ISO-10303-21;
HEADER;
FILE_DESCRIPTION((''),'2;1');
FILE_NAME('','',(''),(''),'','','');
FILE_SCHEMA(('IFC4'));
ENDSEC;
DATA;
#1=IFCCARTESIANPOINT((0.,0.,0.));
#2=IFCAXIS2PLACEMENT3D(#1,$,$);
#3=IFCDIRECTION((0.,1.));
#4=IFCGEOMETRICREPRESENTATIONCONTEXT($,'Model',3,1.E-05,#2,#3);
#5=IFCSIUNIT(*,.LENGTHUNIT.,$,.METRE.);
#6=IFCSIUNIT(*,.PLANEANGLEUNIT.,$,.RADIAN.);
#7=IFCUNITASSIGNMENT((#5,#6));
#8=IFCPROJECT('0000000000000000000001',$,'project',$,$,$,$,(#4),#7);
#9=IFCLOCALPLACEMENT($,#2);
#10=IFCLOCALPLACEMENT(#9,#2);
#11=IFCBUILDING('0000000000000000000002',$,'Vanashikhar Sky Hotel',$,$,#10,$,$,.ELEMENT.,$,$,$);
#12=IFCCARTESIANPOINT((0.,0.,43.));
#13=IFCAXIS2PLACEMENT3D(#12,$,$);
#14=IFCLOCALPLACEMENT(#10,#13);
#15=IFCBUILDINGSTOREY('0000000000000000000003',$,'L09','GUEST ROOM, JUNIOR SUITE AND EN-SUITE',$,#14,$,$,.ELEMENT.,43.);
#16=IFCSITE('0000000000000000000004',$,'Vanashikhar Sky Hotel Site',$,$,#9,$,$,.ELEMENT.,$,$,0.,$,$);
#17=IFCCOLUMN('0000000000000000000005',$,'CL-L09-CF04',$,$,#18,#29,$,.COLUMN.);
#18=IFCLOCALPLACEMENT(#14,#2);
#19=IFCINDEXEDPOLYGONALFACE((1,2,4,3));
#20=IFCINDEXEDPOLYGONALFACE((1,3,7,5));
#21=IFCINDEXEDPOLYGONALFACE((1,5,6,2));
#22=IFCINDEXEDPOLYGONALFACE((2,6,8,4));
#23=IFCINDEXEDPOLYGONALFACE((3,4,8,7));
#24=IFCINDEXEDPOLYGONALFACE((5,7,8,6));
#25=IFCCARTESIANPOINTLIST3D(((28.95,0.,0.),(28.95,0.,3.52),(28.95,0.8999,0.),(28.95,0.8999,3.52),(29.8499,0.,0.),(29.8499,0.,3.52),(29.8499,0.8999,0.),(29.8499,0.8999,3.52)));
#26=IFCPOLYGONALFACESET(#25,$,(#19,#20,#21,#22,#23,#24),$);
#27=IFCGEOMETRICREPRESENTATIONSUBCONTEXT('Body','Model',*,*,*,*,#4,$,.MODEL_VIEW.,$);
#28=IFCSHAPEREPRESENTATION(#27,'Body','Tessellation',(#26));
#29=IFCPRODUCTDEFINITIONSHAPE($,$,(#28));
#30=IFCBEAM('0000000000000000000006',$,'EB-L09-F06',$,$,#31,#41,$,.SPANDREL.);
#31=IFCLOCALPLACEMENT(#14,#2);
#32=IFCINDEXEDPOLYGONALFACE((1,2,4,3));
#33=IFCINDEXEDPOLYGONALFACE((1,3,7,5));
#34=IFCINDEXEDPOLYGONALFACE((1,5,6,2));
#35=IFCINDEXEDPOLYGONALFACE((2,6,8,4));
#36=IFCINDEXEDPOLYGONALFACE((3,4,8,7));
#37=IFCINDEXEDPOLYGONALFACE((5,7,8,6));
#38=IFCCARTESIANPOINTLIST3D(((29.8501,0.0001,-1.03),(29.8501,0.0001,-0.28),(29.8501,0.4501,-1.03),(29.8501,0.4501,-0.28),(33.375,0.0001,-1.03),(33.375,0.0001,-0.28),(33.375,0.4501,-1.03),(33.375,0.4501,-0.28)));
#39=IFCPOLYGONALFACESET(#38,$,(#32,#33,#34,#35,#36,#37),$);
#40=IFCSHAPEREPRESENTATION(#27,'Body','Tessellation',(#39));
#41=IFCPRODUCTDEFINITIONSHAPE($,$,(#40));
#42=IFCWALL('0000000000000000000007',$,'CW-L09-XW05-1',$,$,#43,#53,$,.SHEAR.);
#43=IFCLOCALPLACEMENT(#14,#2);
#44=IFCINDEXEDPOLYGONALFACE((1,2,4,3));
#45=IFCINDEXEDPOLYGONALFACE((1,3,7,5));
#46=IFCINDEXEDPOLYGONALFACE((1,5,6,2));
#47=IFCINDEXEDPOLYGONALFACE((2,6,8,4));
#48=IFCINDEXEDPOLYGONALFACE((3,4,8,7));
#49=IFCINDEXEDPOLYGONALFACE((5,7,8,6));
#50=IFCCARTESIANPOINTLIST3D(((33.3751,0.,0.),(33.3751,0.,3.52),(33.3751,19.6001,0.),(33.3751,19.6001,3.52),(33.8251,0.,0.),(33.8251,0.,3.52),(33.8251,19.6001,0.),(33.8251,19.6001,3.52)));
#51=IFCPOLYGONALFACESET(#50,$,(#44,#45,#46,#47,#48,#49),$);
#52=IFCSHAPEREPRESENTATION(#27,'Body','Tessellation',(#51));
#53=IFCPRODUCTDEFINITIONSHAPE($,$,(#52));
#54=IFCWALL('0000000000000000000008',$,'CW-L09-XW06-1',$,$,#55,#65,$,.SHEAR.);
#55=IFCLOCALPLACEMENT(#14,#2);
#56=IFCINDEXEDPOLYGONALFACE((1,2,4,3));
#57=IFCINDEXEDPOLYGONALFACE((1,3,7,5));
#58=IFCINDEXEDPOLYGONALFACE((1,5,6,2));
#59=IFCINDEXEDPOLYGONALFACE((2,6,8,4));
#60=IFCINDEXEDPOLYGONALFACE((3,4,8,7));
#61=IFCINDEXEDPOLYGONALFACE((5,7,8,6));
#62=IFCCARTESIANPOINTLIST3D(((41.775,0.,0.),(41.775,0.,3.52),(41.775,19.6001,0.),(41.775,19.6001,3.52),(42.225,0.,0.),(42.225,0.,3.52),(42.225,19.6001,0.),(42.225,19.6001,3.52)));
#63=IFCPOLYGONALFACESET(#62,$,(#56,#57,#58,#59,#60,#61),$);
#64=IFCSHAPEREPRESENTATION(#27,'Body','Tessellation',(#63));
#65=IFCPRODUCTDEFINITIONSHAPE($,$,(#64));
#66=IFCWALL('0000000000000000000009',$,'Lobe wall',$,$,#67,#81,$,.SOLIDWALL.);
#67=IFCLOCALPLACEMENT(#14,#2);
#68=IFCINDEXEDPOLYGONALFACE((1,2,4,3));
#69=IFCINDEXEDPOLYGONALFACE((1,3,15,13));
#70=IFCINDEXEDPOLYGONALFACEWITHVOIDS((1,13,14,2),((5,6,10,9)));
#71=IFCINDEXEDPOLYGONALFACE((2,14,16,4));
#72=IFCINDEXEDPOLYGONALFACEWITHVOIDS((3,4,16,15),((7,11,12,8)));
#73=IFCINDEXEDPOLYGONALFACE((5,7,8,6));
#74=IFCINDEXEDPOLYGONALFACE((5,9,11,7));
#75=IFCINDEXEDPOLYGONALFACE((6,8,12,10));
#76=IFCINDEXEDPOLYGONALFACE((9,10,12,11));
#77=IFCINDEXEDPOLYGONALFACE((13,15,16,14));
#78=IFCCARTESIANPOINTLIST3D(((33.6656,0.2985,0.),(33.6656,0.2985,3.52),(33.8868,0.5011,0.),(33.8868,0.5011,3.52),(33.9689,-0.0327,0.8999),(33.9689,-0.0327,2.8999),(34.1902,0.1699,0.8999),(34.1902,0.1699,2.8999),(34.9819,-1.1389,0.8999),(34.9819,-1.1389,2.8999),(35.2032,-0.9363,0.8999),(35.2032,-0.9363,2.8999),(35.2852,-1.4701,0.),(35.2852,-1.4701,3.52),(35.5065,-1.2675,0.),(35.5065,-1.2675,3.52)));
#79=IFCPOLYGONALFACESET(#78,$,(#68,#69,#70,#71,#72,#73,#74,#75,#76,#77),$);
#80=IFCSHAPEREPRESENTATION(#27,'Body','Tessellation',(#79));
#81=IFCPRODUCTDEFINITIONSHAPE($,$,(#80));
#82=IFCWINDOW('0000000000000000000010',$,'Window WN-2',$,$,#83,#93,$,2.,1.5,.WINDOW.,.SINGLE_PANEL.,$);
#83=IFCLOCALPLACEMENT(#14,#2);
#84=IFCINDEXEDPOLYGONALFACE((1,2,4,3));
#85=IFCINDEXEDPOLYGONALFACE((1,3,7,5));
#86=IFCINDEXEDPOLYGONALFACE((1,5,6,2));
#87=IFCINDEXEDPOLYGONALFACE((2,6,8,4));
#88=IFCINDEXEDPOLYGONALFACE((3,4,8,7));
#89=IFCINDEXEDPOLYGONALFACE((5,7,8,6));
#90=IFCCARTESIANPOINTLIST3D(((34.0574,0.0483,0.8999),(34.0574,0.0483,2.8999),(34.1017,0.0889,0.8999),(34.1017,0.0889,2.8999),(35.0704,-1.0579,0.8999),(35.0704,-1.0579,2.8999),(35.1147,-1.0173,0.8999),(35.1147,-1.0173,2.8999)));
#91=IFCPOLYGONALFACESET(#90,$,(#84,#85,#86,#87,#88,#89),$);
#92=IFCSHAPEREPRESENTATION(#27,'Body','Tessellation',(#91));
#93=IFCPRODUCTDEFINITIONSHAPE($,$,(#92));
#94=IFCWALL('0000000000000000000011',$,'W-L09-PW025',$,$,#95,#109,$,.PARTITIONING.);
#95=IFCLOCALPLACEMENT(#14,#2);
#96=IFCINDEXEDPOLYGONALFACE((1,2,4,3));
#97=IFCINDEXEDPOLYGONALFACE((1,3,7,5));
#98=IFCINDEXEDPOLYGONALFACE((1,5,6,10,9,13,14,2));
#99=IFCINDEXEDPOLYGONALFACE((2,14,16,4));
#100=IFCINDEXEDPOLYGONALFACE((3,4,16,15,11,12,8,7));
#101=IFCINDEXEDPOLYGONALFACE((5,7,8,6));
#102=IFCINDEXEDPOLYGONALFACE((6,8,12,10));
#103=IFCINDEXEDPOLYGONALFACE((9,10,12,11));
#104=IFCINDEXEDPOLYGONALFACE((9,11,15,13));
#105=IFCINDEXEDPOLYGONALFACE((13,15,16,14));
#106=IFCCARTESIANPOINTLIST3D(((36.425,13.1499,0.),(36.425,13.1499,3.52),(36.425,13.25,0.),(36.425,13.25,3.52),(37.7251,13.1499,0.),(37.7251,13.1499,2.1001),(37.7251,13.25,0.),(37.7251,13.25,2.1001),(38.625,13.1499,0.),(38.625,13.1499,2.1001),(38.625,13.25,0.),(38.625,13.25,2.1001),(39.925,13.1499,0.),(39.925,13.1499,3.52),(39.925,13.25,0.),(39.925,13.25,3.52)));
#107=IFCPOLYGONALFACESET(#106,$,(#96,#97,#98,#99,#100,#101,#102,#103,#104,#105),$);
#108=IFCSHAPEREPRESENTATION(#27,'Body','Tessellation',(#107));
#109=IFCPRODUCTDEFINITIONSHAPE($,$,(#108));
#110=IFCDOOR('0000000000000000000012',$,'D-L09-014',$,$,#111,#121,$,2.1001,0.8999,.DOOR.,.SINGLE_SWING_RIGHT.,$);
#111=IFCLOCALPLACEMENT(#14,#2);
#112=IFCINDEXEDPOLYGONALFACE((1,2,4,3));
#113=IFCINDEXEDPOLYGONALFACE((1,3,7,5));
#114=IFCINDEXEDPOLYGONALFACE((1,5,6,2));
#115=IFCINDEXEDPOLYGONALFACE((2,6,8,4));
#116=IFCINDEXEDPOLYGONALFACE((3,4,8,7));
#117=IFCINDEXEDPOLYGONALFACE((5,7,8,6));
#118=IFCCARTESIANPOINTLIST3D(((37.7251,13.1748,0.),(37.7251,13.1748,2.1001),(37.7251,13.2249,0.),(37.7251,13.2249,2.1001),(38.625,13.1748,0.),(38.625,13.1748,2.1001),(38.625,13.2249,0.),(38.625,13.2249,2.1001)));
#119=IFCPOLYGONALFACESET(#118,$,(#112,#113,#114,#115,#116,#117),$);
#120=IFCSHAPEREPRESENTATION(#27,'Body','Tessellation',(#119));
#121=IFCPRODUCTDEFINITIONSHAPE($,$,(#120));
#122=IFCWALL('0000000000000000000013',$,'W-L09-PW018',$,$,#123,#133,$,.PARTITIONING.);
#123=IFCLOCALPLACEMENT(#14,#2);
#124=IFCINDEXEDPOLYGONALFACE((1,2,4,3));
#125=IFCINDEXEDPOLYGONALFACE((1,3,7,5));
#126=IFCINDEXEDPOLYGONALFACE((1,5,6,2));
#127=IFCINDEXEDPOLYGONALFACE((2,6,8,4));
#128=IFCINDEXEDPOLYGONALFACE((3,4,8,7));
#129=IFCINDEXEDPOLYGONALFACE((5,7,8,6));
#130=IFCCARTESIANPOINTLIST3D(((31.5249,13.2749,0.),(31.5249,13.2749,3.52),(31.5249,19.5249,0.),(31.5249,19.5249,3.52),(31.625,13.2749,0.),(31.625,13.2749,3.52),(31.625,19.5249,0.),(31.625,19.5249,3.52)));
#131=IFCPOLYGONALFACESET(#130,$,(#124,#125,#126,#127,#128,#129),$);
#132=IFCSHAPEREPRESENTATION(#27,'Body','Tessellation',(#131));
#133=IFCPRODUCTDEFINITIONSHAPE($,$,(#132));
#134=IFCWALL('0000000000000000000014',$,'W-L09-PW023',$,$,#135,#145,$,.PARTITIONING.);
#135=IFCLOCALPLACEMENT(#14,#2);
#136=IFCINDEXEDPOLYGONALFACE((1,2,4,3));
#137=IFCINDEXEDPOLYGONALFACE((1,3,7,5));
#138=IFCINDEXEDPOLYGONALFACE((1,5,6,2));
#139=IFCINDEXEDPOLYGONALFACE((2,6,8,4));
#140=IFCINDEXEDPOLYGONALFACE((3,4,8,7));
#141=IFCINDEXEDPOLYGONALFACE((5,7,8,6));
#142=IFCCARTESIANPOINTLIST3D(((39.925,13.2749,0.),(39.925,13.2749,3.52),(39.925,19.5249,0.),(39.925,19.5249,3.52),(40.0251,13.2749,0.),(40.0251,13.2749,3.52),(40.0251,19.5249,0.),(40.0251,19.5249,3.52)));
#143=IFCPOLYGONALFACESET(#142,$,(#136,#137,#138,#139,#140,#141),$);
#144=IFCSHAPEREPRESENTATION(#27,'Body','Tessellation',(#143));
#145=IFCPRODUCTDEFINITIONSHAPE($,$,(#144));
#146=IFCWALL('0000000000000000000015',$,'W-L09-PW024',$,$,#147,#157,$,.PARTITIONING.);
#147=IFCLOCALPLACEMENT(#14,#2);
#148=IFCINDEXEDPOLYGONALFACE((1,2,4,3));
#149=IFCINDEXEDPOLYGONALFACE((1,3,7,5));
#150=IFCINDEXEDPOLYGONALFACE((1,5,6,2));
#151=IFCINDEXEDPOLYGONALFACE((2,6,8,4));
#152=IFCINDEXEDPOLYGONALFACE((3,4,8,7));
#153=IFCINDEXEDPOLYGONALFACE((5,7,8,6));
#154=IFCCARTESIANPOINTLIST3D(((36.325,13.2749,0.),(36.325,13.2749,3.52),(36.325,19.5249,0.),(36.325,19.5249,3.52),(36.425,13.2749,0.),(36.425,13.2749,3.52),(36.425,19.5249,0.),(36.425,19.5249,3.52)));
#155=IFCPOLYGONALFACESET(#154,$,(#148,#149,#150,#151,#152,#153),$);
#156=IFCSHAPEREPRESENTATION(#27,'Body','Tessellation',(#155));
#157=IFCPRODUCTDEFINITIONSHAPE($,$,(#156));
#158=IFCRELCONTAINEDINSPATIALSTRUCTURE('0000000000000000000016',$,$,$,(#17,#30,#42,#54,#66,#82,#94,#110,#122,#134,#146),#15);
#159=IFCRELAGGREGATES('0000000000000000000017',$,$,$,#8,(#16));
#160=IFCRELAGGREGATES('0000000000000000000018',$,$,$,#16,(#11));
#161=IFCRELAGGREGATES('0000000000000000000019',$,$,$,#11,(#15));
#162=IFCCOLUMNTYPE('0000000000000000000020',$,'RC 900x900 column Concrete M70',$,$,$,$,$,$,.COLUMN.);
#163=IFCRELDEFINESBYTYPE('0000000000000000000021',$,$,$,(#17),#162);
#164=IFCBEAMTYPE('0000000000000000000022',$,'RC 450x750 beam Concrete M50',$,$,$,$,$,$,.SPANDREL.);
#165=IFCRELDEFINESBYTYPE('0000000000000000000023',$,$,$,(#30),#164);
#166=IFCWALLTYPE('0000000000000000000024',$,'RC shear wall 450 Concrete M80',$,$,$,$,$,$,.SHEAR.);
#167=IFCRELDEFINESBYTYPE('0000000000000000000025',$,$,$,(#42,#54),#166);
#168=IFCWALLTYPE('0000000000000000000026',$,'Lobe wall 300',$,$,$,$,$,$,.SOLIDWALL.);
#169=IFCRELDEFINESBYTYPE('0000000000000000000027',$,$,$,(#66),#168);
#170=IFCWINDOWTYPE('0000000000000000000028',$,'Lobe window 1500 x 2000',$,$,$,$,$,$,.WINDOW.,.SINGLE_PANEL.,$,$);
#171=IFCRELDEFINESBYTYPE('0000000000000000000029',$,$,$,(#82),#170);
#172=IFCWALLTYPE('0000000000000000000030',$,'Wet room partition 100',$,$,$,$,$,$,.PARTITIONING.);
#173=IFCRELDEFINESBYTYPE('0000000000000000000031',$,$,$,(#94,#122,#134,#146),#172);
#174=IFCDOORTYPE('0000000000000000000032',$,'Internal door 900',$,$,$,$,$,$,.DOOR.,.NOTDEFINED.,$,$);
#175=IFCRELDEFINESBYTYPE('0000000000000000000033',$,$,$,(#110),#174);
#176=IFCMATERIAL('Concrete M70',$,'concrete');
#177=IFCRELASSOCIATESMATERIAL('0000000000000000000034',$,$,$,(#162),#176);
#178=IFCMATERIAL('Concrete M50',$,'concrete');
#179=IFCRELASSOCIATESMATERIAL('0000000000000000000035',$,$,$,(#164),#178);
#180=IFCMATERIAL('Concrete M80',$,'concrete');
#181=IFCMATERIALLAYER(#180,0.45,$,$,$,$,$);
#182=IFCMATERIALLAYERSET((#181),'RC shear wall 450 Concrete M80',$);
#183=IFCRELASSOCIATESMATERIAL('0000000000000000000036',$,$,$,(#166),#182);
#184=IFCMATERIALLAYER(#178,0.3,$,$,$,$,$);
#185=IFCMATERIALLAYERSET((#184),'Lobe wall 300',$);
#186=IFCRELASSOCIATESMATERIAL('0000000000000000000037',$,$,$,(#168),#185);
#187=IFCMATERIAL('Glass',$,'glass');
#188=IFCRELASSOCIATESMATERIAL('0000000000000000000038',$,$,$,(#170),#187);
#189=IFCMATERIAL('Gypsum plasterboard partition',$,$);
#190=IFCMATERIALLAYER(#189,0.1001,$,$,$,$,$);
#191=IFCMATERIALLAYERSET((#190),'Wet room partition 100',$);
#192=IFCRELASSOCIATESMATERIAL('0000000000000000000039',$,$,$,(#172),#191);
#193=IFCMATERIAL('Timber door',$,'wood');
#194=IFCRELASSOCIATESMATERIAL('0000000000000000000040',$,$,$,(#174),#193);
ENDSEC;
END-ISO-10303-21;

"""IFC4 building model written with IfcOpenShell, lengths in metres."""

from ifc_helpers import new_model, si_unit, direction, frame, frame_2d, origin, origin_2d, place, context, subcontext, project, spatial, rectangle, extrude, source, transform, mapped, material, layer, layer_set, material_profile, profile_set, type_object, element, fill, save


model = new_model("IFC4")

# Units and contexts
model_context = context("Model", 3, precision=1e-05, world=origin(), true_north=direction((0.0, 1.0)))
body_context = subcontext(model_context, "Body", "Model", "MODEL_VIEW")
ifc_project = project(units=[si_unit("LENGTHUNIT", "METRE"), si_unit("PLANEANGLEUNIT", "RADIAN")], contexts=[model_context])

# Site, building, storey
site_placement = place(None, origin())
site = spatial("IfcSite", under=ifc_project, at=site_placement, Name="Vanashikhar Sky Hotel Site", CompositionType="ELEMENT", RefElevation=0.0)
building_placement = place(site_placement, origin())
building = spatial("IfcBuilding", under=site, at=building_placement, Name="Vanashikhar Sky Hotel", CompositionType="ELEMENT")
storey_placement = place(building_placement, frame((0.0, 0.0, 43.0)))
storey = spatial("IfcBuildingStorey", under=building, at=storey_placement, Name="L09", Description="GUEST ROOM, JUNIOR SUITE AND EN-SUITE", CompositionType="ELEMENT", Elevation=43.0)

# Column
ifc_material_1 = material(Name="Concrete M70", Category="concrete")
ifc_material_profile_1 = material_profile(ifc_material_1, rectangle(XDim=0.8999, YDim=0.8999, at=origin_2d()))
ifc_profile_set_1 = profile_set([ifc_material_profile_1], Name="RC 900x900 column Concrete M70")
column_type = type_object("IfcColumnType", Name="RC 900x900 column Concrete M70", PredefinedType="COLUMN", material=ifc_profile_set_1)
shared_shape_1 = source(origin(), body_context, "Body", "SweptSolid", [
    extrude(rectangle(XDim=0.8999, YDim=0.8999, at=origin_2d()), origin(), (0.0, 0.0, 1.0), 3.52),
])
column_placement = place(storey_placement, frame((29.3999, 0.45, 0.0), z_axis=(0.0, 0.0, 1.0), x_axis=(1.0, 0.0, 0.0)))
element("IfcColumn", 1, at=column_placement, inside=storey, type_object=column_type, Name="CL-L09-CF04", PredefinedType="COLUMN", context=body_context, shape_type="MappedRepresentation", body=[
    mapped(shared_shape_1, transform((0.0, 0.0, 0.0), scale=1.0)),
])

# Beam
ifc_material_2 = material(Name="Concrete M50", Category="concrete")
ifc_material_profile_2 = material_profile(ifc_material_2, rectangle(XDim=0.45, YDim=0.75, at=origin_2d()))
ifc_profile_set_2 = profile_set([ifc_material_profile_2], Name="RC 450x750 beam Concrete M50")
beam_type = type_object("IfcBeamType", Name="RC 450x750 beam Concrete M50", PredefinedType="SPANDREL", material=ifc_profile_set_2)
shared_shape_2 = source(origin(), body_context, "Body", "SweptSolid", [
    extrude(rectangle(XDim=0.45, YDim=0.75, at=origin_2d()), origin(), (0.0, 0.0, 1.0), 3.5249),
])
beam_placement = place(storey_placement, frame((29.8501, 0.2251, -0.655), z_axis=(1.0, 0.0, 0.0), x_axis=(0.0, 1.0, 0.0)))
element("IfcBeam", 2, at=beam_placement, inside=storey, type_object=beam_type, Name="EB-L09-F06", PredefinedType="SPANDREL", context=body_context, shape_type="MappedRepresentation", body=[
    mapped(shared_shape_2, transform((0.0, 0.0, 0.0), scale=1.0)),
])

# Walls
ifc_material_3 = material(Name="Concrete M80", Category="concrete")
ifc_layer_1 = layer(ifc_material_3, 0.45)
ifc_layer_set_1 = layer_set([ifc_layer_1], Name="RC shear wall 450 Concrete M80")
wall_type_1 = type_object("IfcWallType", Name="RC shear wall 450 Concrete M80", PredefinedType="SHEAR", material=ifc_layer_set_1)
shared_shape_3 = source(origin(), body_context, "Body", "SweptSolid", [
    extrude(rectangle(XDim=19.6001, YDim=0.45, at=frame_2d((9.8, 0.0))), origin(), (0.0, 0.0, 1.0), 3.52),
])
for number, where, z_axis, x_axis, name in (
    (3, (33.6001, 0.0, 0.0), (0.0, 0.0, 1.0), (0.0, 1.0, 0.0), "CW-L09-XW05-1"),
    (4, (42.0, 0.0, 0.0), (0.0, 0.0, 1.0), (0.0, 1.0, 0.0), "CW-L09-XW06-1"),
):
    element("IfcWall", number, at=place(storey_placement, frame(where, z_axis=z_axis, x_axis=x_axis)), inside=storey, type_object=wall_type_1, Name=name, PredefinedType="SHEAR", context=body_context, shape_type="MappedRepresentation", body=[
        mapped(shared_shape_3, transform((0.0, 0.0, 0.0), scale=1.0)),
    ])

# Wall, opening, window
ifc_layer_2 = layer(ifc_material_2, 0.3)
ifc_layer_set_2 = layer_set([ifc_layer_2], Name="Lobe wall 300")
wall_type_2 = type_object("IfcWallType", Name="Lobe wall 300", PredefinedType="SOLIDWALL", material=ifc_layer_set_2)
shared_shape_4 = source(origin(), body_context, "Body", "SweptSolid", [
    extrude(rectangle(XDim=2.3982, YDim=0.3, at=frame_2d((1.1992, 0.0))), origin(), (0.0, 0.0, 1.0), 3.52),
])
wall_1_placement = place(storey_placement, frame((33.7761, 0.3999, 0.0), z_axis=(0.0, 0.0, 1.0), x_axis=(0.675374, -0.737475, 0.0)))
wall_1 = element("IfcWall", 5, at=wall_1_placement, inside=storey, type_object=wall_type_2, Name="Lobe wall", PredefinedType="SOLIDWALL", context=body_context, shape_type="MappedRepresentation", body=[
    mapped(shared_shape_4, transform((0.0, 0.0, 0.0), scale=1.0)),
])
shared_shape_5 = source(origin(), body_context, "Body", "SweptSolid", [
    extrude(rectangle(XDim=1.5, YDim=2.0, at=frame_2d((0.75, 1.0))), frame((0.0, 0.1602, 0.0), z_axis=(0.0, -1.0, 0.0), x_axis=(1.0, 0.0, 0.0)), (0.0, 0.0, 1.0), 0.3201),
])
opening_1_placement = place(wall_1_placement, frame((0.4492, 0.0, 0.8999)))
opening_1 = element("IfcOpeningElement", 6, at=opening_1_placement, cuts=wall_1, PredefinedType="OPENING", context=body_context, shape_type="MappedRepresentation", body=[
    mapped(shared_shape_5, transform((0.0, 0.0, 0.0), scale=1.0)),
])
ifc_material_4 = material(Name="Glass", Category="glass")
window_type_1 = type_object("IfcWindowType", Name="Lobe window 1500 x 2000", PartitioningType="SINGLE_PANEL", PredefinedType="WINDOW", material=ifc_material_4)
shared_shape_6 = source(origin(), body_context, "Body", "SweptSolid", [
    extrude(rectangle(XDim=1.5, YDim=2.0, at=frame_2d((0.75, 1.0))), frame((0.0, 0.03, 0.0), z_axis=(0.0, -1.0, 0.0), x_axis=(1.0, 0.0, 0.0)), (0.0, 0.0, 1.0), 0.0601),
])
window_1_placement = place(opening_1_placement, origin())
window_1 = element("IfcWindow", 7, at=window_1_placement, inside=storey, type_object=window_type_1, Name="Window WN-2", OverallHeight=2.0, OverallWidth=1.5, PartitioningType="SINGLE_PANEL", PredefinedType="WINDOW", context=body_context, shape_type="MappedRepresentation", body=[
    mapped(shared_shape_6, transform((0.0, 0.0, 0.0), scale=1.0)),
])
fill(opening_1, window_1)

# Wall, opening, door
ifc_material_5 = material(Name="Gypsum plasterboard partition")
ifc_layer_3 = layer(ifc_material_5, 0.1001)
ifc_layer_set_3 = layer_set([ifc_layer_3], Name="Wet room partition 100")
wall_type_3 = type_object("IfcWallType", Name="Wet room partition 100", PredefinedType="PARTITIONING", material=ifc_layer_set_3)
shared_shape_7 = source(origin(), body_context, "Body", "SweptSolid", [
    extrude(rectangle(XDim=3.5, YDim=0.1001, at=frame_2d((1.75, 0.0))), origin(), (0.0, 0.0, 1.0), 3.52),
])
wall_2_placement = place(storey_placement, frame((36.425, 13.2, 0.0), z_axis=(0.0, 0.0, 1.0), x_axis=(1.0, 0.0, 0.0)))
wall_2 = element("IfcWall", 8, at=wall_2_placement, inside=storey, type_object=wall_type_3, Name="W-L09-PW025", PredefinedType="PARTITIONING", context=body_context, shape_type="MappedRepresentation", body=[
    mapped(shared_shape_7, transform((0.0, 0.0, 0.0), scale=1.0)),
])
shared_shape_8 = source(origin(), body_context, "Body", "SweptSolid", [
    extrude(rectangle(XDim=0.8999, YDim=2.1001, at=frame_2d((0.45, 1.05))), frame((0.0, 0.0601, 0.0), z_axis=(0.0, -1.0, 0.0), x_axis=(1.0, 0.0, 0.0)), (0.0, 0.0, 1.0), 0.1201),
])
opening_2_placement = place(wall_2_placement, frame((1.3, 0.0, 0.0)))
opening_2 = element("IfcOpeningElement", 9, at=opening_2_placement, cuts=wall_2, PredefinedType="OPENING", context=body_context, shape_type="MappedRepresentation", body=[
    mapped(shared_shape_8, transform((0.0, 0.0, 0.0), scale=1.0)),
])
ifc_material_6 = material(Name="Timber door", Category="wood")
door_type_1 = type_object("IfcDoorType", Name="Internal door 900", OperationType="NOTDEFINED", PredefinedType="DOOR", material=ifc_material_6)
shared_shape_9 = source(origin(), body_context, "Body", "SweptSolid", [
    extrude(rectangle(XDim=0.8999, YDim=2.1001, at=frame_2d((0.45, 1.05))), frame((0.0, 0.0249, 0.0), z_axis=(0.0, -1.0, 0.0), x_axis=(1.0, 0.0, 0.0)), (0.0, 0.0, 1.0), 0.05),
])
door_1_placement = place(opening_2_placement, origin())
door_1 = element("IfcDoor", 10, at=door_1_placement, inside=storey, type_object=door_type_1, Name="D-L09-014", OperationType="SINGLE_SWING_RIGHT", OverallHeight=2.1001, OverallWidth=0.8999, PredefinedType="DOOR", context=body_context, shape_type="MappedRepresentation", body=[
    mapped(shared_shape_9, transform((0.0, 0.0, 0.0), scale=1.0)),
])
fill(opening_2, door_1)

# Walls
shared_shape_10 = source(origin(), body_context, "Body", "SweptSolid", [
    extrude(rectangle(XDim=6.25, YDim=0.1001, at=frame_2d((3.125, 0.0))), origin(), (0.0, 0.0, 1.0), 3.52),
])
for number, where, z_axis, x_axis, name in (
    (11, (31.575, 13.2749, 0.0), (0.0, 0.0, 1.0), (0.0, 1.0, 0.0), "W-L09-PW018"),
    (12, (39.9751, 13.2749, 0.0), (0.0, 0.0, 1.0), (0.0, 1.0, 0.0), "W-L09-PW023"),
    (13, (36.375, 13.2749, 0.0), (0.0, 0.0, 1.0), (0.0, 1.0, 0.0), "W-L09-PW024"),
):
    element("IfcWall", number, at=place(storey_placement, frame(where, z_axis=z_axis, x_axis=x_axis)), inside=storey, type_object=wall_type_3, Name=name, PredefinedType="PARTITIONING", context=body_context, shape_type="MappedRepresentation", body=[
        mapped(shared_shape_10, transform((0.0, 0.0, 0.0), scale=1.0)),
    ])

save(model, "model.ifc")
